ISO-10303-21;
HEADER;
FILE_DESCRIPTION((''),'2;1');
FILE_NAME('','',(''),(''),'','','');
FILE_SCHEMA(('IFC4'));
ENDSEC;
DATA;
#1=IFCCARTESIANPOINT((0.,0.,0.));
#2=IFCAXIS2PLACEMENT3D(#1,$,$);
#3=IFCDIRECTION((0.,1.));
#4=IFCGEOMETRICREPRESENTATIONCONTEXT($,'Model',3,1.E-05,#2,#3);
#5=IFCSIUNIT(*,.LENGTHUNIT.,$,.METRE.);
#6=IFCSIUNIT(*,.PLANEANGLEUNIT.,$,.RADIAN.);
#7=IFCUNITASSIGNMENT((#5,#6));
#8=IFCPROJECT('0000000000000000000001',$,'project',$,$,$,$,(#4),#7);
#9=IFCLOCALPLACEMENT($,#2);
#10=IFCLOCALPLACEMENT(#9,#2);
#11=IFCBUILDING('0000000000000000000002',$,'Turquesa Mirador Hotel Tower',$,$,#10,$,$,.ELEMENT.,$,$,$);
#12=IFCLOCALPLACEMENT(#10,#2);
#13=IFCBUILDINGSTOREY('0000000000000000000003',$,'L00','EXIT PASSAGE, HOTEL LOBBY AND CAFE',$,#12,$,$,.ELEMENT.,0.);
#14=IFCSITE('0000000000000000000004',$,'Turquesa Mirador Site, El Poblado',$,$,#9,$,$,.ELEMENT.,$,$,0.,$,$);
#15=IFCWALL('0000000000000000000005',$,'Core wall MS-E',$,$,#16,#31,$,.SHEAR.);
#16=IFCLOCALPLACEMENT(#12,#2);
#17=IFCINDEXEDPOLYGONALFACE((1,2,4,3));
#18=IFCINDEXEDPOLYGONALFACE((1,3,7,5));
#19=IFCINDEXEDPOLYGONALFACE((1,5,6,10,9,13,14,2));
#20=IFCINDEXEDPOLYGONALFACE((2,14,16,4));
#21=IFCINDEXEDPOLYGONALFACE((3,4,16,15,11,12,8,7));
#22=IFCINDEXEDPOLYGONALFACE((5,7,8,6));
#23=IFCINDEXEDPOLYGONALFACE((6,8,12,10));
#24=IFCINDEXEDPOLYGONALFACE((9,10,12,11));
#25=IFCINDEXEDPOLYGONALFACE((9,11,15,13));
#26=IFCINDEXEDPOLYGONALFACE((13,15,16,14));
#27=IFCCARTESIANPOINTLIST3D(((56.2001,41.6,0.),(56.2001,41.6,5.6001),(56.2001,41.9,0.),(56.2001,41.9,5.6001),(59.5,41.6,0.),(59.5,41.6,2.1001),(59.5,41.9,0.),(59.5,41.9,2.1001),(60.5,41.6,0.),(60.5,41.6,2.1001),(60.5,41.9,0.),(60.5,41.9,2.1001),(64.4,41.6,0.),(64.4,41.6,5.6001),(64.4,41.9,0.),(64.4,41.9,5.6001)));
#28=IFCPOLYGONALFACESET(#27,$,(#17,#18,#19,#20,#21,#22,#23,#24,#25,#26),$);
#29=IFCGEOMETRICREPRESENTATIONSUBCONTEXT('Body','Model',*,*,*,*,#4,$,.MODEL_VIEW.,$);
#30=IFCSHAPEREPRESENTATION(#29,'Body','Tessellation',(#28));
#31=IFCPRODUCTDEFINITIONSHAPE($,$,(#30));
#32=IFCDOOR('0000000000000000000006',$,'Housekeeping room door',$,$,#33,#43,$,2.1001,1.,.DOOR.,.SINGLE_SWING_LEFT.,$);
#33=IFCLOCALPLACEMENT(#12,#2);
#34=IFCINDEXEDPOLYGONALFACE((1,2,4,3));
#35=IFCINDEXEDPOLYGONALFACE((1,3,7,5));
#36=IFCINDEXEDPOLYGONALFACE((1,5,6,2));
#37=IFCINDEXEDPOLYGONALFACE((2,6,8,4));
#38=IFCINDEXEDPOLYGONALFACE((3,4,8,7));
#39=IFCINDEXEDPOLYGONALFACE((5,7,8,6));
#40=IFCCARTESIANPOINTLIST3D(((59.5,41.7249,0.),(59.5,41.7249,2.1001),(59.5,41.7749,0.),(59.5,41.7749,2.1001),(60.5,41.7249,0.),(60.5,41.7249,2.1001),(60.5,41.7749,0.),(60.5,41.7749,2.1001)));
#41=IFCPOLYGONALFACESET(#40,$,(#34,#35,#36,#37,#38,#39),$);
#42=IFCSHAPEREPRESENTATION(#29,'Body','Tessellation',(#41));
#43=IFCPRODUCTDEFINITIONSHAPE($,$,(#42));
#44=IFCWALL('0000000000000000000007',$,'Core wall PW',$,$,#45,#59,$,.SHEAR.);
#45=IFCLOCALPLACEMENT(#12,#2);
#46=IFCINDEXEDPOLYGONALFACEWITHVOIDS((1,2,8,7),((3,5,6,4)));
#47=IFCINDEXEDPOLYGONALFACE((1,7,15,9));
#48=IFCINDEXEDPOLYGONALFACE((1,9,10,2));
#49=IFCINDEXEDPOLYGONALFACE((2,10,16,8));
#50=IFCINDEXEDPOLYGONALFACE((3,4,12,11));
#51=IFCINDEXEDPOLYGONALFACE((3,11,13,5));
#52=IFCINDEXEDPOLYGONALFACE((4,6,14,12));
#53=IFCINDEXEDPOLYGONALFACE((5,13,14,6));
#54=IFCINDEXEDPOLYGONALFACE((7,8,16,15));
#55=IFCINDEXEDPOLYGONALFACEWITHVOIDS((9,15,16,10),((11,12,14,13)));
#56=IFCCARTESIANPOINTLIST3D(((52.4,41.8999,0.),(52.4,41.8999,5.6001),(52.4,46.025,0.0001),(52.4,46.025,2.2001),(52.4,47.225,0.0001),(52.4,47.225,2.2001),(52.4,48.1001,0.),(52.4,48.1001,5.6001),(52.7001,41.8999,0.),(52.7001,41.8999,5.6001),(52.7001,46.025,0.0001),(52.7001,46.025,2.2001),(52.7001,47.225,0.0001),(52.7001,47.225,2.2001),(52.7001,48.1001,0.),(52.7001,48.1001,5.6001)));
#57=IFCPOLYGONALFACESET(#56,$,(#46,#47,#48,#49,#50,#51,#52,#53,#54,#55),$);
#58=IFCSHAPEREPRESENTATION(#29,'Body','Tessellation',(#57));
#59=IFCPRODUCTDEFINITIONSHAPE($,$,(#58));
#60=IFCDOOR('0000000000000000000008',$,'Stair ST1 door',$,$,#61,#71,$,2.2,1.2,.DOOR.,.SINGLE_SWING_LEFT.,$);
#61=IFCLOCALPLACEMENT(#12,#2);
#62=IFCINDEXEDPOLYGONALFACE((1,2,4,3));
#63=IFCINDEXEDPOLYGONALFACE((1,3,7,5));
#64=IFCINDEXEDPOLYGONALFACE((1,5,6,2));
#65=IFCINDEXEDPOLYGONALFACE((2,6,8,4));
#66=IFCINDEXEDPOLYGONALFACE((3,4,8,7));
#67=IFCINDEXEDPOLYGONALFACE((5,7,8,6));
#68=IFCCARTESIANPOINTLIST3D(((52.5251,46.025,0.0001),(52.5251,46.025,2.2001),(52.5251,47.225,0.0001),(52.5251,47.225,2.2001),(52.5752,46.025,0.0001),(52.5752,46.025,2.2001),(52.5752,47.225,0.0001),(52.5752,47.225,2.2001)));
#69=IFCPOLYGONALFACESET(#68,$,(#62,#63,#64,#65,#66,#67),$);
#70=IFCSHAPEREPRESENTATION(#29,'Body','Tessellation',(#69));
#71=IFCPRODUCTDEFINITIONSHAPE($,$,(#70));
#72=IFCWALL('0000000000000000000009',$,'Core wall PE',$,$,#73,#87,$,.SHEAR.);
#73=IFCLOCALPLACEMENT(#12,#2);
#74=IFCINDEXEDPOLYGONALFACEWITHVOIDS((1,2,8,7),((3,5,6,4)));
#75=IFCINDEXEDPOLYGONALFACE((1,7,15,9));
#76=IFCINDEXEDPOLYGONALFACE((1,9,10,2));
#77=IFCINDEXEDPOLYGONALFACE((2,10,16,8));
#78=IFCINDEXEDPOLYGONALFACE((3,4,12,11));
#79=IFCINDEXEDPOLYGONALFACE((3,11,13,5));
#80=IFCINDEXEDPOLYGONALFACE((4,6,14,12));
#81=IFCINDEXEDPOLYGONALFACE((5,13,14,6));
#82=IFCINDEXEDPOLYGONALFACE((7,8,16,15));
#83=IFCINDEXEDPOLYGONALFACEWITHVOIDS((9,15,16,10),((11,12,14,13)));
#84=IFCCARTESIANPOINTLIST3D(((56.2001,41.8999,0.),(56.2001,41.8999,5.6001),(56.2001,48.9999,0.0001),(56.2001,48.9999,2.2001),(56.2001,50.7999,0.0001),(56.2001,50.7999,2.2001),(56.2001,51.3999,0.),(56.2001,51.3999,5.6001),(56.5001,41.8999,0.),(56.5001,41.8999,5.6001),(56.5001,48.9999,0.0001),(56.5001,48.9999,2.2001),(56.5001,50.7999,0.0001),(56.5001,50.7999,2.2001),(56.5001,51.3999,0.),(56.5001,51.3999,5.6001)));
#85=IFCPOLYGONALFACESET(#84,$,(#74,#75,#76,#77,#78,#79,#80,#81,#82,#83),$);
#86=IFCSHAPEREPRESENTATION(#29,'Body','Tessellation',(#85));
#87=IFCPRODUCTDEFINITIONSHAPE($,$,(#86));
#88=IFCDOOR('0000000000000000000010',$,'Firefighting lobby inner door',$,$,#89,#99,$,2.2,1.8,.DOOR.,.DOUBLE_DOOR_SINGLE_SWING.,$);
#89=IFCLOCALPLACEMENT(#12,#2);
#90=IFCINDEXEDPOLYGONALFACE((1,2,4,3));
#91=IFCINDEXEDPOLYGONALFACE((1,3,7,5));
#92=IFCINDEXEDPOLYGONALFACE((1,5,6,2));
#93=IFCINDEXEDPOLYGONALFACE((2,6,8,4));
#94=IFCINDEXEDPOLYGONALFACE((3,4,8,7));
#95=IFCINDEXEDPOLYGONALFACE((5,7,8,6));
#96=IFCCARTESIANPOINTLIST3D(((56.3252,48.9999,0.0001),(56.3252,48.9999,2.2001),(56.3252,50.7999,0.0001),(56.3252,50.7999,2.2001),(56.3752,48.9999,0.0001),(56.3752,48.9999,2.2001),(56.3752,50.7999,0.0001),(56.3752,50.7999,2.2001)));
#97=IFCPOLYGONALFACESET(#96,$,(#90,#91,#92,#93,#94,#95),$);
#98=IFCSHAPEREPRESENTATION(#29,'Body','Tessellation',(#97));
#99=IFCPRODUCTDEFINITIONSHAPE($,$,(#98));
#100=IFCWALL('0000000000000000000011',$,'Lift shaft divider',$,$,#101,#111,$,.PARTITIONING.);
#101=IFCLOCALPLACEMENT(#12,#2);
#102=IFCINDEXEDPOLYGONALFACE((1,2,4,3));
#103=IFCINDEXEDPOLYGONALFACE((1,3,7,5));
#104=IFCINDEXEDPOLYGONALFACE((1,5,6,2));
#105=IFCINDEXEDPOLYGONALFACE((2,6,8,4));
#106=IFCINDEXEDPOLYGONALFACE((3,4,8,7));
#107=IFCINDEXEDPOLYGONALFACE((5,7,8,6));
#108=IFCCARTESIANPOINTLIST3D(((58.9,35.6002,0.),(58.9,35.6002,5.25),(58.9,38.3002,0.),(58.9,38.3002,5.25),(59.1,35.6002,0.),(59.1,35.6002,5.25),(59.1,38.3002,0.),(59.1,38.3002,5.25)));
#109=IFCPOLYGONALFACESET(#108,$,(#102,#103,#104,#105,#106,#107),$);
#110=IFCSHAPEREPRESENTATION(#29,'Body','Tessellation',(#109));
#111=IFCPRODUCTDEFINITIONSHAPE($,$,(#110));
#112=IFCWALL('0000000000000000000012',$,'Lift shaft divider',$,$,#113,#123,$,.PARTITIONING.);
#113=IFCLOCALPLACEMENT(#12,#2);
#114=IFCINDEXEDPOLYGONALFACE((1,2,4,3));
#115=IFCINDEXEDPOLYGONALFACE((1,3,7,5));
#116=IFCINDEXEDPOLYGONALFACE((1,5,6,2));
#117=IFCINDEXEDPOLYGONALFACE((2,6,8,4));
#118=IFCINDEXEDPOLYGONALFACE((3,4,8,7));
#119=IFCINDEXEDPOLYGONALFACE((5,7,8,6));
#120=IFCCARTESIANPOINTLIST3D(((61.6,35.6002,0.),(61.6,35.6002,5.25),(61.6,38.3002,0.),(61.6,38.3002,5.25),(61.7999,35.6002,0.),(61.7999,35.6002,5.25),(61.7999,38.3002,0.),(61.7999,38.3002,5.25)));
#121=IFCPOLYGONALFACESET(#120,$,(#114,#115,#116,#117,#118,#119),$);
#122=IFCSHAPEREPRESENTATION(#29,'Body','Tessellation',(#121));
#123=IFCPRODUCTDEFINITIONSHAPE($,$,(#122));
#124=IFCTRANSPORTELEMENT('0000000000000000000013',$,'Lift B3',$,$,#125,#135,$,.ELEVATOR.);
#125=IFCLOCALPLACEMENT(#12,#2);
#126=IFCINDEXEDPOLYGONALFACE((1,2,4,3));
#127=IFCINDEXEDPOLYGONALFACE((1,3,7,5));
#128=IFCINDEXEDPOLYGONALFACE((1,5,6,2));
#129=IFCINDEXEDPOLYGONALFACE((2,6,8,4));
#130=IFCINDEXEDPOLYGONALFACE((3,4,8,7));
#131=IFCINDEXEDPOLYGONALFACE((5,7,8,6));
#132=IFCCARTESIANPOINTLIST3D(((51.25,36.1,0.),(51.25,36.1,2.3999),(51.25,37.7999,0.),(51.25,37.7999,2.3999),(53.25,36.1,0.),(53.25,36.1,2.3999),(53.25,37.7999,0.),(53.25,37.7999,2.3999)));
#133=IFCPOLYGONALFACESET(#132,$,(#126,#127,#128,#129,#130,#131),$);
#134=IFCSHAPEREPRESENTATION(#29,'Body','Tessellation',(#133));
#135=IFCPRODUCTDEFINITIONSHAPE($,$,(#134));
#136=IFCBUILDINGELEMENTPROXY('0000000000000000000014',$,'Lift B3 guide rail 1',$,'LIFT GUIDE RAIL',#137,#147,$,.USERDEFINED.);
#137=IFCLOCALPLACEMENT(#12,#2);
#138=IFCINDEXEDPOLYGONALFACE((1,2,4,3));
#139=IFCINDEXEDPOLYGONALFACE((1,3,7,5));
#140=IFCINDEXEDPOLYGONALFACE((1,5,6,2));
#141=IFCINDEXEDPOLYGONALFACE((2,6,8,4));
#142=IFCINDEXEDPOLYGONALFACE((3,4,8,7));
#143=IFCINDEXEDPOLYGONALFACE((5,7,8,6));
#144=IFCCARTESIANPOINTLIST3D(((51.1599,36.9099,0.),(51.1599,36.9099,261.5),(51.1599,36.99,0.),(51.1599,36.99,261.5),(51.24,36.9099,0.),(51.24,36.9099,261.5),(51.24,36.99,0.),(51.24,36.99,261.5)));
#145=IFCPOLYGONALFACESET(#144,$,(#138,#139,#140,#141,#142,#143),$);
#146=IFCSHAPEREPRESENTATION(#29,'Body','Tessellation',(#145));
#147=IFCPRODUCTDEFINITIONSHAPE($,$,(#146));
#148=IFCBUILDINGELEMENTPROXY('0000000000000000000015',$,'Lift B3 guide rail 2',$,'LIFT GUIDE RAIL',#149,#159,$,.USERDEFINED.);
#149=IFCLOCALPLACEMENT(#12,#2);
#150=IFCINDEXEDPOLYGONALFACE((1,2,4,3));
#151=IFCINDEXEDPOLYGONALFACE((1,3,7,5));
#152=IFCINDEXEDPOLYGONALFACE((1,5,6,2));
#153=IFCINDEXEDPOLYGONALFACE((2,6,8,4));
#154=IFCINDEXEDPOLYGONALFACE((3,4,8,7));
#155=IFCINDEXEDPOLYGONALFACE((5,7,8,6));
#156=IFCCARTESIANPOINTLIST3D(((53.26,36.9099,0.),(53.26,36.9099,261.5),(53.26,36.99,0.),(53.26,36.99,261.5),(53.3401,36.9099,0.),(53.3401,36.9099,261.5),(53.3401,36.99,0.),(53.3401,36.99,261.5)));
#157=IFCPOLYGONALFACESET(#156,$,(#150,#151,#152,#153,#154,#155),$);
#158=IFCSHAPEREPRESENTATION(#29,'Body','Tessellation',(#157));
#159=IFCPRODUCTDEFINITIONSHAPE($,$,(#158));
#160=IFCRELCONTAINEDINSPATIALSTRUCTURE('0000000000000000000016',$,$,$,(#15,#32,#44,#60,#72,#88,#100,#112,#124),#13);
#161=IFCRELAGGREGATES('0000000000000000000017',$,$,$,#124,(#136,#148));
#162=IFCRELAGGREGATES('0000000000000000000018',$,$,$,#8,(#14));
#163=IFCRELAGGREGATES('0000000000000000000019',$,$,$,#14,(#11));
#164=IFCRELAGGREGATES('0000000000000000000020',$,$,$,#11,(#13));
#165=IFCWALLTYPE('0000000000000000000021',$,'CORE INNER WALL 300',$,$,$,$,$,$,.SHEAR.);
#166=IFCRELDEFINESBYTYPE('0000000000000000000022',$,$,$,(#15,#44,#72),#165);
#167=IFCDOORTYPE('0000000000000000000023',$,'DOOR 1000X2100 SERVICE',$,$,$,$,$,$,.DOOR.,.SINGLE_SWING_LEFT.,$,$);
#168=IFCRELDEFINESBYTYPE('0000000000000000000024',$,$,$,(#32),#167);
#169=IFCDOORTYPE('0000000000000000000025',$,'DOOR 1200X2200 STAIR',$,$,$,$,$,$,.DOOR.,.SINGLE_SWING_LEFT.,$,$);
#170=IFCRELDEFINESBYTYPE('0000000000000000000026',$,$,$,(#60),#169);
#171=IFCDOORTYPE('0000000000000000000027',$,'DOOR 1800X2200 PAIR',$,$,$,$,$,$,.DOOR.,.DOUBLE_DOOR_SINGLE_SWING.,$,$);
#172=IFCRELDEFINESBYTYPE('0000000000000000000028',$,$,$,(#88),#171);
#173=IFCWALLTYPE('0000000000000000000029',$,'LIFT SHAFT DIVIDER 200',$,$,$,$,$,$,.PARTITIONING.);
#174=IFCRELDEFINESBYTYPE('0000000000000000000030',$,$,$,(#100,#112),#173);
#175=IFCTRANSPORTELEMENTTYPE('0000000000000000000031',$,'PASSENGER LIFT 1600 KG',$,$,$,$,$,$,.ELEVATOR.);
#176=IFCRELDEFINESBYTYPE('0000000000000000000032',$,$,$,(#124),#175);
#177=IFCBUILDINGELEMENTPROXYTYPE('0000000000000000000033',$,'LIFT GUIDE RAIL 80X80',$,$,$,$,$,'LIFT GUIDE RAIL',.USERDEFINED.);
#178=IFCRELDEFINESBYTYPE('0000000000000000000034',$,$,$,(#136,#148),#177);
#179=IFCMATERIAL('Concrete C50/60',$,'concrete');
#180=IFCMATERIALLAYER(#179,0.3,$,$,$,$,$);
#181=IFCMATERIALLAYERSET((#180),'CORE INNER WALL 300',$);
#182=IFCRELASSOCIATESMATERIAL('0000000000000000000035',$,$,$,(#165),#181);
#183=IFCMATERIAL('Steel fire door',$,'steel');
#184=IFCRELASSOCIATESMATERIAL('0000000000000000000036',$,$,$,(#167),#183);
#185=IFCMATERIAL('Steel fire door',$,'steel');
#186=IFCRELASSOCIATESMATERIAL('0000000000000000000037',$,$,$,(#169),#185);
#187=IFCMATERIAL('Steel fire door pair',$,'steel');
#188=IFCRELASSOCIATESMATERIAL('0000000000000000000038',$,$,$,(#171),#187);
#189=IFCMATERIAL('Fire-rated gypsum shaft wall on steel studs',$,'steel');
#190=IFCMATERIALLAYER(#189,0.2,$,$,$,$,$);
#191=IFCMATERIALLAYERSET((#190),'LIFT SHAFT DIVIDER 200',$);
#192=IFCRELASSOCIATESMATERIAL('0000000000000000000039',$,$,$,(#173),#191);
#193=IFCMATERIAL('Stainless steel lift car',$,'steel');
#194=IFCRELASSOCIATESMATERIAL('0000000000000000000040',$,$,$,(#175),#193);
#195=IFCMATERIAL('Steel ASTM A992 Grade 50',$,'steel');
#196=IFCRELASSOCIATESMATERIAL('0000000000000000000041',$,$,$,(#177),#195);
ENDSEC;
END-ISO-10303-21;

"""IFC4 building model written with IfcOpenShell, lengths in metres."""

from ifc_helpers import new_model, si_unit, direction, frame, frame_2d, origin, origin_2d, place, context, subcontext, project, spatial, rectangle, extrude, material, layer, layer_set, type_object, element, fill, aggregate, save


model = new_model("IFC4")

# Units and contexts
model_context = context("Model", 3, precision=1e-05, world=origin(), true_north=direction((0.0, 1.0)))
body_context = subcontext(model_context, "Body", "Model", "MODEL_VIEW")
ifc_project = project(units=[si_unit("LENGTHUNIT", "METRE"), si_unit("PLANEANGLEUNIT", "RADIAN")], contexts=[model_context])

# Site, building, storey
site_placement = place(None, origin())
site = spatial("IfcSite", under=ifc_project, at=site_placement, Name="Turquesa Mirador Site, El Poblado", CompositionType="ELEMENT", RefElevation=0.0)
building_placement = place(site_placement, origin())
building = spatial("IfcBuilding", under=site, at=building_placement, Name="Turquesa Mirador Hotel Tower", CompositionType="ELEMENT")
storey_placement = place(building_placement, origin())
storey = spatial("IfcBuildingStorey", under=building, at=storey_placement, Name="L00", Description="EXIT PASSAGE, HOTEL LOBBY AND CAFE", CompositionType="ELEMENT", Elevation=0.0)

# Walls, openings, doors
ifc_material_1 = material(Name="Concrete C50/60", Category="concrete")
ifc_layer_1 = layer(ifc_material_1, 0.3)
ifc_layer_set_1 = layer_set([ifc_layer_1], Name="CORE INNER WALL 300")
wall_type_1 = type_object("IfcWallType", Name="CORE INNER WALL 300", PredefinedType="SHEAR", material=ifc_layer_set_1)
wall_1_placement = place(storey_placement, frame((56.2, 41.75, 0.0), z_axis=(0.0, 0.0, 1.0), x_axis=(1.0, 0.0, 0.0)))
wall_1 = element("IfcWall", 1, at=wall_1_placement, inside=storey, type_object=wall_type_1, Name="Core wall MS-E", PredefinedType="SHEAR", context=body_context, shape_type="SweptSolid", body=[
    extrude(rectangle(XDim=8.2, YDim=0.3, at=frame_2d((4.1001, 0.0))), origin(), (0.0, 0.0, 1.0), 5.6001),
])
opening_1_placement = place(wall_1_placement, frame((3.3, 0.0, 0.0)))
opening_1 = element("IfcOpeningElement", 2, at=opening_1_placement, cuts=wall_1, PredefinedType="OPENING", context=body_context, shape_type="SweptSolid", body=[
    extrude(rectangle(XDim=1.0, YDim=2.1001, at=frame_2d((0.5, 1.05))), frame((0.0, 0.1599, 0.0), z_axis=(0.0, -1.0, 0.0), x_axis=(1.0, 0.0, 0.0)), (0.0, 0.0, 1.0), 0.3201),
])
ifc_material_2 = material(Name="Steel fire door", Category="steel")
door_type_1 = type_object("IfcDoorType", Name="DOOR 1000X2100 SERVICE", OperationType="SINGLE_SWING_LEFT", PredefinedType="DOOR", material=ifc_material_2)
door_1_placement = place(opening_1_placement, origin())
door_1 = element("IfcDoor", 3, at=door_1_placement, inside=storey, type_object=door_type_1, Name="Housekeeping room door", OperationType="SINGLE_SWING_LEFT", OverallHeight=2.1001, OverallWidth=1.0, PredefinedType="DOOR", context=body_context, shape_type="SweptSolid", body=[
    extrude(rectangle(XDim=1.0, YDim=2.1001, at=frame_2d((0.5, 1.05))), frame((0.0, 0.0249, 0.0), z_axis=(0.0, -1.0, 0.0), x_axis=(1.0, 0.0, 0.0)), (0.0, 0.0, 1.0), 0.05),
])
fill(opening_1, door_1)
wall_2_placement = place(storey_placement, frame((52.55, 41.8999, 0.0), z_axis=(0.0, 0.0, 1.0), x_axis=(0.0, 1.0, 0.0)))
wall_2 = element("IfcWall", 4, at=wall_2_placement, inside=storey, type_object=wall_type_1, Name="Core wall PW", PredefinedType="SHEAR", context=body_context, shape_type="SweptSolid", body=[
    extrude(rectangle(XDim=6.2002, YDim=0.3, at=frame_2d((3.1001, 0.0))), origin(), (0.0, 0.0, 1.0), 5.6001),
])
opening_2_placement = place(wall_2_placement, frame((4.125, 0.0, 0.0)))
opening_2 = element("IfcOpeningElement", 5, at=opening_2_placement, cuts=wall_2, PredefinedType="OPENING", context=body_context, shape_type="SweptSolid", body=[
    extrude(rectangle(XDim=1.2, YDim=2.2, at=frame_2d((0.6001, 1.1001))), frame((0.0, 0.1599, 0.0), z_axis=(0.0, -1.0, 0.0), x_axis=(1.0, 0.0, 0.0)), (0.0, 0.0, 1.0), 0.3201),
])
ifc_material_3 = material(Name="Steel fire door", Category="steel")
door_type_2 = type_object("IfcDoorType", Name="DOOR 1200X2200 STAIR", OperationType="SINGLE_SWING_LEFT", PredefinedType="DOOR", material=ifc_material_3)
door_2_placement = place(opening_2_placement, origin())
door_2 = element("IfcDoor", 6, at=door_2_placement, inside=storey, type_object=door_type_2, Name="Stair ST1 door", OperationType="SINGLE_SWING_LEFT", OverallHeight=2.2, OverallWidth=1.2, PredefinedType="DOOR", context=body_context, shape_type="SweptSolid", body=[
    extrude(rectangle(XDim=1.2, YDim=2.2, at=frame_2d((0.6001, 1.1001))), frame((0.0, 0.0249, 0.0), z_axis=(0.0, -1.0, 0.0), x_axis=(1.0, 0.0, 0.0)), (0.0, 0.0, 1.0), 0.05),
])
fill(opening_2, door_2)
wall_3_placement = place(storey_placement, frame((56.3501, 41.8999, 0.0), z_axis=(0.0, 0.0, 1.0), x_axis=(0.0, 1.0, 0.0)))
wall_3 = element("IfcWall", 7, at=wall_3_placement, inside=storey, type_object=wall_type_1, Name="Core wall PE", PredefinedType="SHEAR", context=body_context, shape_type="SweptSolid", body=[
    extrude(rectangle(XDim=9.5, YDim=0.3, at=frame_2d((4.75, 0.0))), origin(), (0.0, 0.0, 1.0), 5.6001),
])
opening_3_placement = place(wall_3_placement, frame((7.1001, 0.0, 0.0)))
opening_3 = element("IfcOpeningElement", 8, at=opening_3_placement, cuts=wall_3, PredefinedType="OPENING", context=body_context, shape_type="SweptSolid", body=[
    extrude(rectangle(XDim=1.8, YDim=2.2, at=frame_2d((0.8999, 1.1001))), frame((0.0, 0.1599, 0.0), z_axis=(0.0, -1.0, 0.0), x_axis=(1.0, 0.0, 0.0)), (0.0, 0.0, 1.0), 0.3201),
])
ifc_material_4 = material(Name="Steel fire door pair", Category="steel")
door_type_3 = type_object("IfcDoorType", Name="DOOR 1800X2200 PAIR", OperationType="DOUBLE_DOOR_SINGLE_SWING", PredefinedType="DOOR", material=ifc_material_4)
door_3_placement = place(opening_3_placement, origin())
door_3 = element("IfcDoor", 9, at=door_3_placement, inside=storey, type_object=door_type_3, Name="Firefighting lobby inner door", OperationType="DOUBLE_DOOR_SINGLE_SWING", OverallHeight=2.2, OverallWidth=1.8, PredefinedType="DOOR", context=body_context, shape_type="SweptSolid", body=[
    extrude(rectangle(XDim=1.8, YDim=2.2, at=frame_2d((0.8999, 1.1001))), frame((0.0, 0.0249, 0.0), z_axis=(0.0, -1.0, 0.0), x_axis=(1.0, 0.0, 0.0)), (0.0, 0.0, 1.0), 0.05),
])
fill(opening_3, door_3)

# Walls
ifc_material_5 = material(Name="Fire-rated gypsum shaft wall on steel studs", Category="steel")
ifc_layer_2 = layer(ifc_material_5, 0.2)
ifc_layer_set_2 = layer_set([ifc_layer_2], Name="LIFT SHAFT DIVIDER 200")
wall_type_2 = type_object("IfcWallType", Name="LIFT SHAFT DIVIDER 200", PredefinedType="PARTITIONING", material=ifc_layer_set_2)
for number, where, z_axis, x_axis, name in (
    (10, (59.0, 35.6001, 0.0), (0.0, 0.0, 1.0), (0.0, 1.0, 0.0), "Lift shaft divider"),
    (11, (61.7, 35.6001, 0.0), (0.0, 0.0, 1.0), (0.0, 1.0, 0.0), "Lift shaft divider"),
):
    element("IfcWall", number, at=place(storey_placement, frame(where, z_axis=z_axis, x_axis=x_axis)), inside=storey, type_object=wall_type_2, Name=name, PredefinedType="PARTITIONING", context=body_context, shape_type="SweptSolid", body=[
        extrude(rectangle(XDim=2.7, YDim=0.2, at=frame_2d((1.3501, 0.0))), origin(), (0.0, 0.0, 1.0), 5.25),
    ])

# Transport element
ifc_material_6 = material(Name="Stainless steel lift car", Category="steel")
transport_element_type = type_object("IfcTransportElementType", Name="PASSENGER LIFT 1600 KG", PredefinedType="ELEVATOR", material=ifc_material_6)
transport_element_1_placement = place(storey_placement, frame((52.25, 36.95, 0.0), z_axis=(0.0, 0.0, 1.0), x_axis=(1.0, 0.0, 0.0)))
transport_element_1 = element("IfcTransportElement", 12, at=transport_element_1_placement, inside=storey, type_object=transport_element_type, Name="Lift B3", PredefinedType="ELEVATOR", context=body_context, shape_type="SweptSolid", body=[
    extrude(rectangle(XDim=2.0, YDim=1.7, at=origin_2d()), origin(), (0.0, 0.0, 1.0), 2.3999),
])

# Building element proxies
ifc_material_7 = material(Name="Steel ASTM A992 Grade 50", Category="steel")
building_element_proxy_type = type_object("IfcBuildingElementProxyType", Name="LIFT GUIDE RAIL 80X80", ElementType="LIFT GUIDE RAIL", PredefinedType="USERDEFINED", material=ifc_material_7)
proxy_1_placement = place(storey_placement, frame((51.2, 36.95, 0.0), z_axis=(0.0, 0.0, 1.0), x_axis=(1.0, 0.0, 0.0)))
proxy_1 = element("IfcBuildingElementProxy", 13, at=proxy_1_placement, type_object=building_element_proxy_type, Name="Lift B3 guide rail 1", ObjectType="LIFT GUIDE RAIL", PredefinedType="USERDEFINED", context=body_context, shape_type="SweptSolid", body=[
    extrude(rectangle(XDim=0.0801, YDim=0.0801, at=origin_2d()), origin(), (0.0, 0.0, 1.0), 261.5),
])
proxy_2_placement = place(storey_placement, frame((53.3, 36.95, 0.0), z_axis=(0.0, 0.0, 1.0), x_axis=(1.0, 0.0, 0.0)))
proxy_2 = element("IfcBuildingElementProxy", 14, at=proxy_2_placement, type_object=building_element_proxy_type, Name="Lift B3 guide rail 2", ObjectType="LIFT GUIDE RAIL", PredefinedType="USERDEFINED", context=body_context, shape_type="SweptSolid", body=[
    extrude(rectangle(XDim=0.0801, YDim=0.0801, at=origin_2d()), origin(), (0.0, 0.0, 1.0), 261.5),
])
aggregate(transport_element_1, [proxy_1, proxy_2])

save(model, "model.ifc")
